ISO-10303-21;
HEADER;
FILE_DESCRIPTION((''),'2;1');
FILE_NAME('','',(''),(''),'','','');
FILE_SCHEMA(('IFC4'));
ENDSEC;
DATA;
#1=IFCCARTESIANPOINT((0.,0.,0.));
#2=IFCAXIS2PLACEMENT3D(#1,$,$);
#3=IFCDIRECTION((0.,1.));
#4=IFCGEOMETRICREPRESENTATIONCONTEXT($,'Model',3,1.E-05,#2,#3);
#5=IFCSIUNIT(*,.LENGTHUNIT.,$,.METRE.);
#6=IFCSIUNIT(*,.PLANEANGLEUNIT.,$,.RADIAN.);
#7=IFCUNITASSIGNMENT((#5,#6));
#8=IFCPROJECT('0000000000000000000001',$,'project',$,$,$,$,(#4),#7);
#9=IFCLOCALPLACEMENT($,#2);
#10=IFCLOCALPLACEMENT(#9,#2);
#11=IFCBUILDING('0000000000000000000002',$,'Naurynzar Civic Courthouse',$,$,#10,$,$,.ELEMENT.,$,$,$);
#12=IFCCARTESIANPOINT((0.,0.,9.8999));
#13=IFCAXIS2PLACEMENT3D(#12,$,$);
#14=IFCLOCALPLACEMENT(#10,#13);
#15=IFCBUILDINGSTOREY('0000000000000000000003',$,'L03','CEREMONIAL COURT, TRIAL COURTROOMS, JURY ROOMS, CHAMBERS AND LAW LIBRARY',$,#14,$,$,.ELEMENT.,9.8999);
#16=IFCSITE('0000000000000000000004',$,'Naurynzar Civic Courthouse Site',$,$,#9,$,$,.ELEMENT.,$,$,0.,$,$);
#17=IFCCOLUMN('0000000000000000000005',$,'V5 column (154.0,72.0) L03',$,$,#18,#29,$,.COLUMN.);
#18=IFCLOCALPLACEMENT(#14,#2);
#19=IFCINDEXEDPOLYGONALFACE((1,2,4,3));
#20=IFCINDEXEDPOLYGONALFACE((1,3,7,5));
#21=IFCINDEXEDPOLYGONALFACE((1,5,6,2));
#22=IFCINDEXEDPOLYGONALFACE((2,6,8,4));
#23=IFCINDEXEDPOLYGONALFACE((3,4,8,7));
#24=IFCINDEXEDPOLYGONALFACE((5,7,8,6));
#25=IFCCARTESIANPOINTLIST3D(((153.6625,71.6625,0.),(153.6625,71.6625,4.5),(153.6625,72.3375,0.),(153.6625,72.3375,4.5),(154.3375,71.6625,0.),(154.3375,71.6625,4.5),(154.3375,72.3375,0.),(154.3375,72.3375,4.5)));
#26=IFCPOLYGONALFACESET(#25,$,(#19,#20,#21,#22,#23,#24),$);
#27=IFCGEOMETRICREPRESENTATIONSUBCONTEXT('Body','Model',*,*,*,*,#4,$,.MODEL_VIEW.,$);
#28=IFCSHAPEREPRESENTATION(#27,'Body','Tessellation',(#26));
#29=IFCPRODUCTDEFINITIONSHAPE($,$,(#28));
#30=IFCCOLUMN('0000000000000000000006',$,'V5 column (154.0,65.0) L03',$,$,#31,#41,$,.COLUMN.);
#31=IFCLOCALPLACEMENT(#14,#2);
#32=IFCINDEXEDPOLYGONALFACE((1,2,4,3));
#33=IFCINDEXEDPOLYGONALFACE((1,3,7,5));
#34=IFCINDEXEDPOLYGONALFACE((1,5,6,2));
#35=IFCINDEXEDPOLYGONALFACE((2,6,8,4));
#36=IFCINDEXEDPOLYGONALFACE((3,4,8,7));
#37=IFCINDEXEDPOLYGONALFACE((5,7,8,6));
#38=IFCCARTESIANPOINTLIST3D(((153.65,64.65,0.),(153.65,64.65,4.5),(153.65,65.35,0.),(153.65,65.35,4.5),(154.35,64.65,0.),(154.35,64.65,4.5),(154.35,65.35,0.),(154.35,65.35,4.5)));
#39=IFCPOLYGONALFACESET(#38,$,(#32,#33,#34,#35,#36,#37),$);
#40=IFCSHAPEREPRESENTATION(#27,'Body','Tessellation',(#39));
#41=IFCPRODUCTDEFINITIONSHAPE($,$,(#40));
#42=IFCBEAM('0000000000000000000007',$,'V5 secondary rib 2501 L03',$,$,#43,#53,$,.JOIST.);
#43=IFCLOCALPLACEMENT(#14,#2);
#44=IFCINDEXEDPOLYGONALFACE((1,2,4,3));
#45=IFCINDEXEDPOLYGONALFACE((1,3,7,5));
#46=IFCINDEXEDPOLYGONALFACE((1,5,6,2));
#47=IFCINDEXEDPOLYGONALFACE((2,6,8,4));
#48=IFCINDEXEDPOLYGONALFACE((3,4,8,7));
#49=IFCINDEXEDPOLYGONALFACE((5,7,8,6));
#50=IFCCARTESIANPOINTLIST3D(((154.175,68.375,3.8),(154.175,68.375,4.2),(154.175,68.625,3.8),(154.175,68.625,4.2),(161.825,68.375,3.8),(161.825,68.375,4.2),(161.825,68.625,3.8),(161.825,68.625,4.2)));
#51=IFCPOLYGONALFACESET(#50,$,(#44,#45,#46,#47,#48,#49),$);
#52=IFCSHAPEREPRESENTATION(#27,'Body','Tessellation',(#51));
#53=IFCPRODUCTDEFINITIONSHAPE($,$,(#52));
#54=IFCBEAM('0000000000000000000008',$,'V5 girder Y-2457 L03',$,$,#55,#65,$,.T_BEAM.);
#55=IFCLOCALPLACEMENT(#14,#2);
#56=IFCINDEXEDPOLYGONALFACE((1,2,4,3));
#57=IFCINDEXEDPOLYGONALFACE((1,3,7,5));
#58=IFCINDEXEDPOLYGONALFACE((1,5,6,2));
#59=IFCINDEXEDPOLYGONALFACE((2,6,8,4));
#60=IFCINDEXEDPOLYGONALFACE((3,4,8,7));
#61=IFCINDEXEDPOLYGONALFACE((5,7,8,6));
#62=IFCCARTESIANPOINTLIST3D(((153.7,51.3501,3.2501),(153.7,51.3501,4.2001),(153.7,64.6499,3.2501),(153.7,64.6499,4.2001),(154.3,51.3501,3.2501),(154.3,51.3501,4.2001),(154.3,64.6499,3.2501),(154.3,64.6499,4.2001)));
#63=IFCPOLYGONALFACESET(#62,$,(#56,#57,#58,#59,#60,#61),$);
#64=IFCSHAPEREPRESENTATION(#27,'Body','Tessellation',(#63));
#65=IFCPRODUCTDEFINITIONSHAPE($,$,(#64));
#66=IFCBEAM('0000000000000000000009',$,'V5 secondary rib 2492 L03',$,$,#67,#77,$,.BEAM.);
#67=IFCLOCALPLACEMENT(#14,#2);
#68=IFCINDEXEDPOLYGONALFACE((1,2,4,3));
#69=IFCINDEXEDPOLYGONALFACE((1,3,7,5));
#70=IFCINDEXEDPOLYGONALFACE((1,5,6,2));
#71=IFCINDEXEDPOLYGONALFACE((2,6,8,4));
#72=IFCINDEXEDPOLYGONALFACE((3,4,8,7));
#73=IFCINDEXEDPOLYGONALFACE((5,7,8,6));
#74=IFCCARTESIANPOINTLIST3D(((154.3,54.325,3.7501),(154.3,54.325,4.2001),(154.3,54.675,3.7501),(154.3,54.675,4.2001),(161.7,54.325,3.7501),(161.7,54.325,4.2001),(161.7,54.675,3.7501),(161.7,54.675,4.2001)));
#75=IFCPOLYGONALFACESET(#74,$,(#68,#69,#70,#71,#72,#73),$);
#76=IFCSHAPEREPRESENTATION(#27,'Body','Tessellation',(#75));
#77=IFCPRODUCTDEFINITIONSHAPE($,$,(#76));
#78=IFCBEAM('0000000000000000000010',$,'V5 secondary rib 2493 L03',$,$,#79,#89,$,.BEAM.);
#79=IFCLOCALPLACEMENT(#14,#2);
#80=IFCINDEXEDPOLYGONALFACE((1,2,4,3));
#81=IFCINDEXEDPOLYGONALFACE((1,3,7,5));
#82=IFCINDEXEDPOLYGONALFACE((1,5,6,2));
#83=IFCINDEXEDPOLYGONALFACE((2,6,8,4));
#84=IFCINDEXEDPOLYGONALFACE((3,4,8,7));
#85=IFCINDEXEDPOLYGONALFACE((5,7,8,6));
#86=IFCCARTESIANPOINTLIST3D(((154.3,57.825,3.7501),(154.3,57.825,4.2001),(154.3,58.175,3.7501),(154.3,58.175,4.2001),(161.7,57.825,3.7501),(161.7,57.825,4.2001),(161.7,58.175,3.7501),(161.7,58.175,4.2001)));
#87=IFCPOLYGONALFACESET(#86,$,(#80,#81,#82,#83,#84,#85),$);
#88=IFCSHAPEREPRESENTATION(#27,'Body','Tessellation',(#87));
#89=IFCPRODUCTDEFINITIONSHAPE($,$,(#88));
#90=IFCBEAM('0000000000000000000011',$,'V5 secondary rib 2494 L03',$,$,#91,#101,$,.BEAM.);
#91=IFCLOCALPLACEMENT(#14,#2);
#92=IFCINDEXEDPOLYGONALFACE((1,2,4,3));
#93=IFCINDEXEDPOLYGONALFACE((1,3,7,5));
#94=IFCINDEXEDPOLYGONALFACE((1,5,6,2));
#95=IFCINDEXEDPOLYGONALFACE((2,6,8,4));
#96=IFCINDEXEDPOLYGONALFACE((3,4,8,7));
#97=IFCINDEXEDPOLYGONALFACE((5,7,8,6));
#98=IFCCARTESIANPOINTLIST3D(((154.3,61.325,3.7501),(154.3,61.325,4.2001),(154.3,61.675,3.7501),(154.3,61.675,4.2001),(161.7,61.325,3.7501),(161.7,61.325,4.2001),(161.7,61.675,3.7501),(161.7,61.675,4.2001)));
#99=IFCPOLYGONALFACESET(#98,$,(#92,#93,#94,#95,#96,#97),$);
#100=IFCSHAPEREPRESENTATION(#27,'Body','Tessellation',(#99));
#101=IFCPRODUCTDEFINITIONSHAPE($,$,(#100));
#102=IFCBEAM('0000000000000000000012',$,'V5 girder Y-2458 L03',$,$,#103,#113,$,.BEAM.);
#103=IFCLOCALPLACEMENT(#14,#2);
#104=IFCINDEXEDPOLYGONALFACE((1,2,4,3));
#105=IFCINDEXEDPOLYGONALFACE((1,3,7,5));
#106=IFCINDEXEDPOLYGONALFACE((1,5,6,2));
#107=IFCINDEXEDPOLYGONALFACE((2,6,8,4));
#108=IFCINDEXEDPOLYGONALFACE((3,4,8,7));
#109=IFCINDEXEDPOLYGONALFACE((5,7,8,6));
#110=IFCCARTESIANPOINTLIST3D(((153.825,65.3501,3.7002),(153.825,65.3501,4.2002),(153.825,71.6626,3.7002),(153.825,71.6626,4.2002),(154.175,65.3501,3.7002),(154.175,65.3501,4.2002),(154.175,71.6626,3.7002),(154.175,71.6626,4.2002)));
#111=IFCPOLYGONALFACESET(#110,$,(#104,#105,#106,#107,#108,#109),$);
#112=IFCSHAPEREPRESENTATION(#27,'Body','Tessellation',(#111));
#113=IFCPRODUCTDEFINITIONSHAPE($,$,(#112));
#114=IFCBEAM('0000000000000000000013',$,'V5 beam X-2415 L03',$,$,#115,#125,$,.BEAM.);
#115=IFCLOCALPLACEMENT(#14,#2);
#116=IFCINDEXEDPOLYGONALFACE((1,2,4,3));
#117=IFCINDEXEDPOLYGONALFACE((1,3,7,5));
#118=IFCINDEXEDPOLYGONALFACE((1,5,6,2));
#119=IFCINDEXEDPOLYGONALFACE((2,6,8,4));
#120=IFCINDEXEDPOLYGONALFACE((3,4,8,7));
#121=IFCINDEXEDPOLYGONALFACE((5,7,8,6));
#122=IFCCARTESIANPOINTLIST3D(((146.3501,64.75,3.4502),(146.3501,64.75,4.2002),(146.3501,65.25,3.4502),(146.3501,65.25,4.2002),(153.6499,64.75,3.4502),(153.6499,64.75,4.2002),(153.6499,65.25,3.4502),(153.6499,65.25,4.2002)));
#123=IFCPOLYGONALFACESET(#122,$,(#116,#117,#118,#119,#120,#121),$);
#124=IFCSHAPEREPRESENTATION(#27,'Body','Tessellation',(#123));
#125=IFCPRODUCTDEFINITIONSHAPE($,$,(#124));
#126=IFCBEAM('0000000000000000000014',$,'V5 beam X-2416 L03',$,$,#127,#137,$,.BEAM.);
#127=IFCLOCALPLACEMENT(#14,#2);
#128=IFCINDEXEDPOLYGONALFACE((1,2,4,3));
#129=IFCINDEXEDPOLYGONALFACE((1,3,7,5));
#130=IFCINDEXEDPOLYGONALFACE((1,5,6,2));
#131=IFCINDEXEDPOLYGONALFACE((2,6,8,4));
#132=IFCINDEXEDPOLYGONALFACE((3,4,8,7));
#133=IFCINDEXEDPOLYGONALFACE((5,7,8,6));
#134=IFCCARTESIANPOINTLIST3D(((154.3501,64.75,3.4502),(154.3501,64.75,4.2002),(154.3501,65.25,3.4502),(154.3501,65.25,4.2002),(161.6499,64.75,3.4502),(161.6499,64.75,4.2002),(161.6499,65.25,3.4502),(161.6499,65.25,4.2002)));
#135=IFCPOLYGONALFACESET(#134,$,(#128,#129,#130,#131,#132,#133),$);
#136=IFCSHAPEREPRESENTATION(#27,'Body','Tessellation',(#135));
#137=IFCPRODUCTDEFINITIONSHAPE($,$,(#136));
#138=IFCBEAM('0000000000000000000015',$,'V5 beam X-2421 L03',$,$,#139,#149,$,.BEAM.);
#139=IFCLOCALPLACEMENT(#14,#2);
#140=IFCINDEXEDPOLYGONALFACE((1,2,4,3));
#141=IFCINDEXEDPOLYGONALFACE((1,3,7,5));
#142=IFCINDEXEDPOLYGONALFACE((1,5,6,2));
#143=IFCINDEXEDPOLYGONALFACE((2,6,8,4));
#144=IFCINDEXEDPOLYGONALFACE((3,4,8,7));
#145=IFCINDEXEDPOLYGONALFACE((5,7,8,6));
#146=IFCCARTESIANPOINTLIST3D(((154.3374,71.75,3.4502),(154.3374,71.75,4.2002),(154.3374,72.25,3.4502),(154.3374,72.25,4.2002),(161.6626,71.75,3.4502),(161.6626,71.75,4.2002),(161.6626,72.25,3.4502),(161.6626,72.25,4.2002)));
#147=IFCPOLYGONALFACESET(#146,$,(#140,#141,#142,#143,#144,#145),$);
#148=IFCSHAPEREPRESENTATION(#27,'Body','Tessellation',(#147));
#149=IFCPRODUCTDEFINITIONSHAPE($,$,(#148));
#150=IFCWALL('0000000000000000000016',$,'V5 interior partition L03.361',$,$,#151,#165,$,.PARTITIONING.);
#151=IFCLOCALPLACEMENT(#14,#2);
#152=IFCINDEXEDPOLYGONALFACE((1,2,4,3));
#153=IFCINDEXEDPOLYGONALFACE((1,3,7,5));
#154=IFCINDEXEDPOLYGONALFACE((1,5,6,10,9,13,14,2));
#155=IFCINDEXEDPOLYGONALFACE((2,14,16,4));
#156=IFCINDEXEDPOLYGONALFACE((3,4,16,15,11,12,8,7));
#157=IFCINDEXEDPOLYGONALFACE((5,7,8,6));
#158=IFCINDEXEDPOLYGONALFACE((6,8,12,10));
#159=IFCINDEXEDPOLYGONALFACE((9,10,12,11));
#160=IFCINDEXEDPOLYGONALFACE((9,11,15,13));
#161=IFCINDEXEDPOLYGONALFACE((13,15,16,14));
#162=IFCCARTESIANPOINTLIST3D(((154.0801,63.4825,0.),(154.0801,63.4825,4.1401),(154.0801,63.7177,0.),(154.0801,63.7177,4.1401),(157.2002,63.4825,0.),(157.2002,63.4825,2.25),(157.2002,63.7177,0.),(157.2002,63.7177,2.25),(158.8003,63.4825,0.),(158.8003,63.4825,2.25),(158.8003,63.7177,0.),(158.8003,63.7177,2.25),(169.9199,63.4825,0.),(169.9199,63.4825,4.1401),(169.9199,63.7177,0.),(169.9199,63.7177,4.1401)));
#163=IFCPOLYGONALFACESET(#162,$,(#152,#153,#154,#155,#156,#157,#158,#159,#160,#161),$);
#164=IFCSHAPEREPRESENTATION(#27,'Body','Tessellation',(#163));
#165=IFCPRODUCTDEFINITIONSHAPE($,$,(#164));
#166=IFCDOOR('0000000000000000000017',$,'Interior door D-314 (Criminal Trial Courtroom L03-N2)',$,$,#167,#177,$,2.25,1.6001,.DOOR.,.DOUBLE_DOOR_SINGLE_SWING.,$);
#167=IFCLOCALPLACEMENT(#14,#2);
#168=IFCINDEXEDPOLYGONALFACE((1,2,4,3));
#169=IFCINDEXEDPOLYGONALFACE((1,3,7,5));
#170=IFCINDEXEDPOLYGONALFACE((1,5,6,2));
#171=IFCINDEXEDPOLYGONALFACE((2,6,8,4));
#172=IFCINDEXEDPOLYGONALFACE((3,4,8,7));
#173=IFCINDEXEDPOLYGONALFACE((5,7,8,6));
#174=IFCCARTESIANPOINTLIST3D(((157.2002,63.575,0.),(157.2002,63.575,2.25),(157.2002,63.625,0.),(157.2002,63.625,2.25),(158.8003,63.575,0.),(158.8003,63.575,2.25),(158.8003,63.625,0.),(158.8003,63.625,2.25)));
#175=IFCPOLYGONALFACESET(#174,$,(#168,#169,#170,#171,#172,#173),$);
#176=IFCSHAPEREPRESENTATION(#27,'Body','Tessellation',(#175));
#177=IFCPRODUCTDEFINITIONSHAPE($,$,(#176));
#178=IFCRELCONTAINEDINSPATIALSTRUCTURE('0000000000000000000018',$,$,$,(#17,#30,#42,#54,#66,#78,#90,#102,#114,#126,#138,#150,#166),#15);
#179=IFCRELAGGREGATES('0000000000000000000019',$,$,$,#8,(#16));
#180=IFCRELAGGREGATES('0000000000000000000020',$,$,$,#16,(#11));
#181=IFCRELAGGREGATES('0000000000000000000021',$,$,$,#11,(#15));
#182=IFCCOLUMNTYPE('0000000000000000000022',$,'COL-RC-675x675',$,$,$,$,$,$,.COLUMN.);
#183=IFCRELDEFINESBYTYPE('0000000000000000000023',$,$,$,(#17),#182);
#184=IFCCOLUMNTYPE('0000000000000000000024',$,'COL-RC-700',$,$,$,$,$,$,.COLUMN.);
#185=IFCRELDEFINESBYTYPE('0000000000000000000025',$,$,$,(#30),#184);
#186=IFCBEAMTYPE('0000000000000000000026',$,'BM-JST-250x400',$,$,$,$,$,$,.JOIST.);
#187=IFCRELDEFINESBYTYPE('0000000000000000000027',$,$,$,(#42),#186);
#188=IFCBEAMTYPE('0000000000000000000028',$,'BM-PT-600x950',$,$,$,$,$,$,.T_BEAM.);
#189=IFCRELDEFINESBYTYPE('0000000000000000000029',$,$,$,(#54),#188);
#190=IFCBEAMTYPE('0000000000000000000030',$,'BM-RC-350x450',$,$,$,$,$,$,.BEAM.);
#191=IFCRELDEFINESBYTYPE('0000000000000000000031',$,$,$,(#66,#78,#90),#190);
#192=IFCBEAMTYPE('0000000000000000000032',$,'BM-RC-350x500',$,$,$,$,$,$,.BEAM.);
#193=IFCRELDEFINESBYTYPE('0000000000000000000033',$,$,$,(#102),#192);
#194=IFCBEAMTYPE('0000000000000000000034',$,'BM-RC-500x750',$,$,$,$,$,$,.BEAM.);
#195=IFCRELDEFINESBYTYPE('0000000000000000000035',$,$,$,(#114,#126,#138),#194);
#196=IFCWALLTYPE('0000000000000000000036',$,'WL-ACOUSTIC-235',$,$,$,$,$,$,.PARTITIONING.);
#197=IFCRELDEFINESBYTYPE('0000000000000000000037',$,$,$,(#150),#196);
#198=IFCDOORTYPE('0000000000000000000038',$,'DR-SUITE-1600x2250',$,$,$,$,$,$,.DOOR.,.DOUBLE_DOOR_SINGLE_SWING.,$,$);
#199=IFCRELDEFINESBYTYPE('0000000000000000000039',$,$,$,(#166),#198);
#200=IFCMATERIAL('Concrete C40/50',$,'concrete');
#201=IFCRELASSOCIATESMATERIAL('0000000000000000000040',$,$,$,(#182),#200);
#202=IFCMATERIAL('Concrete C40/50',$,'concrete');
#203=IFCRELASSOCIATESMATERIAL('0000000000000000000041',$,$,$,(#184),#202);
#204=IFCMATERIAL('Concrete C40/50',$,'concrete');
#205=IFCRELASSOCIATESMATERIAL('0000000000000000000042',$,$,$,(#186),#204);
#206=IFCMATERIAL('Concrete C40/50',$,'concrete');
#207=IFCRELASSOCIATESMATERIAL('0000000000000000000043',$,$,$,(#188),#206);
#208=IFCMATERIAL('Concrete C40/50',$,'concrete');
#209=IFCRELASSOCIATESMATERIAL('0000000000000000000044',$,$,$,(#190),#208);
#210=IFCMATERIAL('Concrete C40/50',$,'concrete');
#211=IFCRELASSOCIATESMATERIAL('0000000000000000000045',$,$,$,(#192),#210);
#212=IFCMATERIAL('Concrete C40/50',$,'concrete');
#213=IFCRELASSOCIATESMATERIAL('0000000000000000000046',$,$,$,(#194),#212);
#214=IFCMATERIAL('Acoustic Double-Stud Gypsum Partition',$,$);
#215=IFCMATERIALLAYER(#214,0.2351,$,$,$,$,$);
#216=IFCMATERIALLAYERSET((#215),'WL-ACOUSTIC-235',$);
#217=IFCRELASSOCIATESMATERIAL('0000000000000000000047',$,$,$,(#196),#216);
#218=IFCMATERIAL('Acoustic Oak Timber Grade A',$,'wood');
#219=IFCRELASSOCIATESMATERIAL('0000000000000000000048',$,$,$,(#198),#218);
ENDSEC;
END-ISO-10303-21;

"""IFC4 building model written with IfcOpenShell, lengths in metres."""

from ifc_helpers import new_model, si_unit, direction, frame, frame_2d, origin, origin_2d, place, context, subcontext, project, spatial, rectangle, extrude, material, layer, layer_set, material_profile, profile_set, type_object, element, fill, save


model = new_model("IFC4")

# Units and contexts
model_context = context("Model", 3, precision=1e-05, world=origin(), true_north=direction((0.0, 1.0)))
body_context = subcontext(model_context, "Body", "Model", "MODEL_VIEW")
ifc_project = project(units=[si_unit("LENGTHUNIT", "METRE"), si_unit("PLANEANGLEUNIT", "RADIAN")], contexts=[model_context])

# Site, building, storey
site_placement = place(None, origin())
site = spatial("IfcSite", under=ifc_project, at=site_placement, Name="Naurynzar Civic Courthouse Site", CompositionType="ELEMENT", RefElevation=0.0)
building_placement = place(site_placement, origin())
building = spatial("IfcBuilding", under=site, at=building_placement, Name="Naurynzar Civic Courthouse", CompositionType="ELEMENT")
storey_placement = place(building_placement, frame((0.0, 0.0, 9.8999)))
storey = spatial("IfcBuildingStorey", under=building, at=storey_placement, Name="L03", Description="CEREMONIAL COURT, TRIAL COURTROOMS, JURY ROOMS, CHAMBERS AND LAW LIBRARY", CompositionType="ELEMENT", Elevation=9.8999)

# Columns
ifc_material_1 = material(Name="Concrete C40/50", Category="concrete")
ifc_material_profile_1 = material_profile(ifc_material_1, rectangle(XDim=0.675, YDim=0.675, at=origin_2d()), Name="RC 675x675")
ifc_profile_set_1 = profile_set([ifc_material_profile_1], Name="Concrete C40/50")
column_type_1 = type_object("IfcColumnType", Name="COL-RC-675x675", PredefinedType="COLUMN", material=ifc_profile_set_1)
column_1_placement = place(storey_placement, frame((154.0, 72.0, 0.0), z_axis=(0.0, 0.0, 1.0), x_axis=(1.0, 0.0, 0.0)))
element("IfcColumn", 1, at=column_1_placement, inside=storey, type_object=column_type_1, Name="V5 column (154.0,72.0) L03", PredefinedType="COLUMN", context=body_context, shape_type="SweptSolid", body=[
    extrude(rectangle(XDim=0.675, YDim=0.675, at=origin_2d()), origin(), (0.0, 0.0, 1.0), 4.5),
])
ifc_material_2 = material(Name="Concrete C40/50", Category="concrete")
ifc_material_profile_2 = material_profile(ifc_material_2, rectangle(XDim=0.7, YDim=0.7, at=origin_2d()), Name="RC 700x700")
ifc_profile_set_2 = profile_set([ifc_material_profile_2], Name="Concrete C40/50")
column_type_2 = type_object("IfcColumnType", Name="COL-RC-700", PredefinedType="COLUMN", material=ifc_profile_set_2)
column_2_placement = place(storey_placement, frame((154.0, 65.0, 0.0), z_axis=(0.0, 0.0, 1.0), x_axis=(1.0, 0.0, 0.0)))
element("IfcColumn", 2, at=column_2_placement, inside=storey, type_object=column_type_2, Name="V5 column (154.0,65.0) L03", PredefinedType="COLUMN", context=body_context, shape_type="SweptSolid", body=[
    extrude(rectangle(XDim=0.7, YDim=0.7, at=origin_2d()), origin(), (0.0, 0.0, 1.0), 4.5),
])

# Beams
ifc_material_3 = material(Name="Concrete C40/50", Category="concrete")
ifc_material_profile_3 = material_profile(ifc_material_3, rectangle(XDim=0.25, YDim=0.3999, at=origin_2d()), Name="RCB 250x400")
ifc_profile_set_3 = profile_set([ifc_material_profile_3], Name="Concrete C40/50")
beam_type_1 = type_object("IfcBeamType", Name="BM-JST-250x400", PredefinedType="JOIST", material=ifc_profile_set_3)
beam_1_placement = place(storey_placement, frame((154.175, 68.5, 4.0), z_axis=(1.0, 0.0, 0.0), x_axis=(0.0, 1.0, 0.0)))
element("IfcBeam", 3, at=beam_1_placement, inside=storey, type_object=beam_type_1, Name="V5 secondary rib 2501 L03", PredefinedType="JOIST", context=body_context, shape_type="SweptSolid", body=[
    extrude(rectangle(XDim=0.25, YDim=0.3999, at=origin_2d()), origin(), (0.0, 0.0, 1.0), 7.6499),
])
ifc_material_4 = material(Name="Concrete C40/50", Category="concrete")
ifc_material_profile_4 = material_profile(ifc_material_4, rectangle(XDim=0.6001, YDim=0.95, at=origin_2d()), Name="PTB 600x950")
ifc_profile_set_4 = profile_set([ifc_material_profile_4], Name="Concrete C40/50")
beam_type_2 = type_object("IfcBeamType", Name="BM-PT-600x950", PredefinedType="T_BEAM", material=ifc_profile_set_4)
beam_2_placement = place(storey_placement, frame((154.0, 51.3501, 3.7251), z_axis=(0.0, 1.0, 0.0), x_axis=(-1.0, 0.0, 0.0)))
element("IfcBeam", 4, at=beam_2_placement, inside=storey, type_object=beam_type_2, Name="V5 girder Y-2457 L03", PredefinedType="T_BEAM", context=body_context, shape_type="SweptSolid", body=[
    extrude(rectangle(XDim=0.6001, YDim=0.95, at=origin_2d()), origin(), (0.0, 0.0, 1.0), 13.2998),
])
ifc_material_5 = material(Name="Concrete C40/50", Category="concrete")
ifc_material_profile_5 = material_profile(ifc_material_5, rectangle(XDim=0.3501, YDim=0.45, at=origin_2d()), Name="RCB 350x450")
ifc_profile_set_5 = profile_set([ifc_material_profile_5], Name="Concrete C40/50")
beam_type_3 = type_object("IfcBeamType", Name="BM-RC-350x450", PredefinedType="BEAM", material=ifc_profile_set_5)
for number, where, z_axis, x_axis, name in (
    (5, (154.3, 54.5, 3.9751), (1.0, 0.0, 0.0), (0.0, 1.0, 0.0), "V5 secondary rib 2492 L03"),
    (6, (154.3, 58.0, 3.9751), (1.0, 0.0, 0.0), (0.0, 1.0, 0.0), "V5 secondary rib 2493 L03"),
    (7, (154.3, 61.5, 3.9751), (1.0, 0.0, 0.0), (0.0, 1.0, 0.0), "V5 secondary rib 2494 L03"),
):
    element("IfcBeam", number, at=place(storey_placement, frame(where, z_axis=z_axis, x_axis=x_axis)), inside=storey, type_object=beam_type_3, Name=name, PredefinedType="BEAM", context=body_context, shape_type="SweptSolid", body=[
        extrude(rectangle(XDim=0.3501, YDim=0.45, at=origin_2d()), origin(), (0.0, 0.0, 1.0), 7.3999),
    ])
ifc_material_6 = material(Name="Concrete C40/50", Category="concrete")
ifc_material_profile_6 = material_profile(ifc_material_6, rectangle(XDim=0.3501, YDim=0.5, at=origin_2d()), Name="RCB 350x500")
ifc_profile_set_6 = profile_set([ifc_material_profile_6], Name="Concrete C40/50")
beam_type_4 = type_object("IfcBeamType", Name="BM-RC-350x500", PredefinedType="BEAM", material=ifc_profile_set_6)
beam_3_placement = place(storey_placement, frame((154.0, 65.3501, 3.9502), z_axis=(0.0, 1.0, 0.0), x_axis=(-1.0, 0.0, 0.0)))
element("IfcBeam", 8, at=beam_3_placement, inside=storey, type_object=beam_type_4, Name="V5 girder Y-2458 L03", PredefinedType="BEAM", context=body_context, shape_type="SweptSolid", body=[
    extrude(rectangle(XDim=0.3501, YDim=0.5, at=origin_2d()), origin(), (0.0, 0.0, 1.0), 6.3125),
])
ifc_material_7 = material(Name="Concrete C40/50", Category="concrete")
ifc_material_profile_7 = material_profile(ifc_material_7, rectangle(XDim=0.5, YDim=0.75, at=origin_2d()), Name="RCB 500x750")
ifc_profile_set_7 = profile_set([ifc_material_profile_7], Name="Concrete C40/50")
beam_type_5 = type_object("IfcBeamType", Name="BM-RC-500x750", PredefinedType="BEAM", material=ifc_profile_set_7)
for number, where, z_axis, x_axis, name in (
    (9, (146.3501, 65.0, 3.8252), (1.0, 0.0, 0.0), (0.0, 1.0, 0.0), "V5 beam X-2415 L03"),
    (10, (154.3501, 65.0, 3.8252), (1.0, 0.0, 0.0), (0.0, 1.0, 0.0), "V5 beam X-2416 L03"),
):
    element("IfcBeam", number, at=place(storey_placement, frame(where, z_axis=z_axis, x_axis=x_axis)), inside=storey, type_object=beam_type_5, Name=name, PredefinedType="BEAM", context=body_context, shape_type="SweptSolid", body=[
        extrude(rectangle(XDim=0.5, YDim=0.75, at=origin_2d()), origin(), (0.0, 0.0, 1.0), 7.2998),
    ])
beam_4_placement = place(storey_placement, frame((154.3374, 72.0, 3.8252), z_axis=(1.0, 0.0, 0.0), x_axis=(0.0, 1.0, 0.0)))
element("IfcBeam", 11, at=beam_4_placement, inside=storey, type_object=beam_type_5, Name="V5 beam X-2421 L03", PredefinedType="BEAM", context=body_context, shape_type="SweptSolid", body=[
    extrude(rectangle(XDim=0.5, YDim=0.75, at=origin_2d()), origin(), (0.0, 0.0, 1.0), 7.3252),
])

# Wall, opening, door
ifc_material_8 = material(Name="Acoustic Double-Stud Gypsum Partition")
ifc_layer_1 = layer(ifc_material_8, 0.2351)
ifc_layer_set_1 = layer_set([ifc_layer_1], Name="WL-ACOUSTIC-235")
wall_type_1 = type_object("IfcWallType", Name="WL-ACOUSTIC-235", PredefinedType="PARTITIONING", material=ifc_layer_set_1)
wall_1_placement = place(storey_placement, frame((154.0801, 63.6001, 0.0), z_axis=(0.0, 0.0, 1.0), x_axis=(1.0, 0.0, 0.0)))
wall_1 = element("IfcWall", 12, at=wall_1_placement, inside=storey, type_object=wall_type_1, Name="V5 interior partition L03.361", PredefinedType="PARTITIONING", context=body_context, shape_type="SweptSolid", body=[
    extrude(rectangle(XDim=15.8398, YDim=0.2351, at=frame_2d((7.9199, 0.0))), origin(), (0.0, 0.0, 1.0), 4.1401),
])
opening_1_placement = place(wall_1_placement, frame((3.1201, 0.0, 0.0)))
opening_1 = element("IfcOpeningElement", 13, at=opening_1_placement, cuts=wall_1, PredefinedType="OPENING", context=body_context, shape_type="SweptSolid", body=[
    extrude(rectangle(XDim=1.6001, YDim=2.25, at=frame_2d((0.8, 1.125))), frame((0.0, 0.1274, 0.0), z_axis=(0.0, -1.0, 0.0), x_axis=(1.0, 0.0, 0.0)), (0.0, 0.0, 1.0), 0.2551),
])
ifc_material_9 = material(Name="Acoustic Oak Timber Grade A", Category="wood")
door_type_1 = type_object("IfcDoorType", Name="DR-SUITE-1600x2250", OperationType="DOUBLE_DOOR_SINGLE_SWING", PredefinedType="DOOR", material=ifc_material_9)
door_1_placement = place(opening_1_placement, origin())
door_1 = element("IfcDoor", 14, at=door_1_placement, inside=storey, type_object=door_type_1, Name="Interior door D-314 (Criminal Trial Courtroom L03-N2)", OperationType="DOUBLE_DOOR_SINGLE_SWING", OverallHeight=2.25, OverallWidth=1.6001, PredefinedType="DOOR", context=body_context, shape_type="SweptSolid", body=[
    extrude(rectangle(XDim=1.6001, YDim=2.25, at=frame_2d((0.8, 1.125))), frame((0.0, 0.0249, 0.0), z_axis=(0.0, -1.0, 0.0), x_axis=(1.0, 0.0, 0.0)), (0.0, 0.0, 1.0), 0.05),
])
fill(opening_1, door_1)

save(model, "model.ifc")
